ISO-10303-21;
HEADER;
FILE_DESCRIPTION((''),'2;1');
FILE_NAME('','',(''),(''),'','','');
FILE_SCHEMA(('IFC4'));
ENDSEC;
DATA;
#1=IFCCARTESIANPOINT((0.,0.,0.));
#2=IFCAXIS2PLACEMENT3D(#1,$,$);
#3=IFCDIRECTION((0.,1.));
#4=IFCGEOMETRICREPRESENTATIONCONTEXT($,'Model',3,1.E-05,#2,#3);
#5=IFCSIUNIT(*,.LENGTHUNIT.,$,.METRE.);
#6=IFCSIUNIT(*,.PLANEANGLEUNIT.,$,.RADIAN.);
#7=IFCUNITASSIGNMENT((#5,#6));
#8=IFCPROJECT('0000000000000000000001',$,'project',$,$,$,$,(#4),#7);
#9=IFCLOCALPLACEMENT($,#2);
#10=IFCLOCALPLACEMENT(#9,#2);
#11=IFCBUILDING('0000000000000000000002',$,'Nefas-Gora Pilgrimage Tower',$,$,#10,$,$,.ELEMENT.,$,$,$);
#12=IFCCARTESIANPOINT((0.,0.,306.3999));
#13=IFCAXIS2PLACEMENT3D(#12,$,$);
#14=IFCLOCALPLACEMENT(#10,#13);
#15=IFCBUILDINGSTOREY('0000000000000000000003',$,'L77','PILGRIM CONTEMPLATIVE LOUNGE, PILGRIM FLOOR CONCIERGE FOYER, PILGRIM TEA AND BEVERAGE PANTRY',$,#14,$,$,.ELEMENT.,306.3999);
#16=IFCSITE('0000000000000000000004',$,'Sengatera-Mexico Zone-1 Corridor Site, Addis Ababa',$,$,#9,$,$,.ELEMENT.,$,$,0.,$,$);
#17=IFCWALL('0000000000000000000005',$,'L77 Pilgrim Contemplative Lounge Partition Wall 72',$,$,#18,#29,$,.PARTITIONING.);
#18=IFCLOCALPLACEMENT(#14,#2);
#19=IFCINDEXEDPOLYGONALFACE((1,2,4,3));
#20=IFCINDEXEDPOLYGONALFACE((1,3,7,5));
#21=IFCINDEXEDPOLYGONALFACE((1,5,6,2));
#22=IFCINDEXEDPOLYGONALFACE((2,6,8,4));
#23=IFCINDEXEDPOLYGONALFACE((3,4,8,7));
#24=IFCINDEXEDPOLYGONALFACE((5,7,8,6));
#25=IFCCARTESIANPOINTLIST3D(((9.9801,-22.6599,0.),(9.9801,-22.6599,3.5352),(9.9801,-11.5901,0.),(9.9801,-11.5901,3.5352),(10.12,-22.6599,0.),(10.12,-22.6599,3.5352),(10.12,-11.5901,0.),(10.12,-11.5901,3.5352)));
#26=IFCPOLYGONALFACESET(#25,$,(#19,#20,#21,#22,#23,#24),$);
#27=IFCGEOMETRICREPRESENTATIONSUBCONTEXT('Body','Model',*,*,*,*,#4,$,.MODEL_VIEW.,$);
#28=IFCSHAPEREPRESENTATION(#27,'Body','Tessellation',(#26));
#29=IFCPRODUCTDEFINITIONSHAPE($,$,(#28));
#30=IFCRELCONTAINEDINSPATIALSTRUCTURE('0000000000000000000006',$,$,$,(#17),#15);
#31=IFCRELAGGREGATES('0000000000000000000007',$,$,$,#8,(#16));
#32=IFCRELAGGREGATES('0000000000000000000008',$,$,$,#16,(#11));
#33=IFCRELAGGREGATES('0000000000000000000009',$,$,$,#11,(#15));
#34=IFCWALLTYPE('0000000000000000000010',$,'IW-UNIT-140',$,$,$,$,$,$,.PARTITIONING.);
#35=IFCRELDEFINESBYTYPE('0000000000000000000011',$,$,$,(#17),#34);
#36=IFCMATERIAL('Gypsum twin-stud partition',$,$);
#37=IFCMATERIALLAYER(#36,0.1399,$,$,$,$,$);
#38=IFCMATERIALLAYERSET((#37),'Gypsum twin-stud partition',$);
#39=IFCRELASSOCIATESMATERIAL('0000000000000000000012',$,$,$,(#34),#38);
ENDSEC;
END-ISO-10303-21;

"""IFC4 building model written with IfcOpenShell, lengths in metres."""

from ifc_helpers import new_model, si_unit, direction, frame, frame_2d, origin, place, context, subcontext, project, spatial, rectangle, extrude, source, transform, mapped, material, layer, layer_set, type_object, element, save


model = new_model("IFC4")

# Units and contexts
model_context = context("Model", 3, precision=1e-05, world=origin(), true_north=direction((0.0, 1.0)))
body_context = subcontext(model_context, "Body", "Model", "MODEL_VIEW")
ifc_project = project(units=[si_unit("LENGTHUNIT", "METRE"), si_unit("PLANEANGLEUNIT", "RADIAN")], contexts=[model_context])

# Site, building, storey
site_placement = place(None, origin())
site = spatial("IfcSite", under=ifc_project, at=site_placement, Name="Sengatera-Mexico Zone-1 Corridor Site, Addis Ababa", CompositionType="ELEMENT", RefElevation=0.0)
building_placement = place(site_placement, origin())
building = spatial("IfcBuilding", under=site, at=building_placement, Name="Nefas-Gora Pilgrimage Tower", CompositionType="ELEMENT")
storey_placement = place(building_placement, frame((0.0, 0.0, 306.3999)))
storey = spatial("IfcBuildingStorey", under=building, at=storey_placement, Name="L77", Description="PILGRIM CONTEMPLATIVE LOUNGE, PILGRIM FLOOR CONCIERGE FOYER, PILGRIM TEA AND BEVERAGE PANTRY", CompositionType="ELEMENT", Elevation=306.3999)

# Shared definitions
ifc_material_1 = material(Name="Gypsum twin-stud partition")
ifc_layer_1 = layer(ifc_material_1, 0.1399)
ifc_layer_set_1 = layer_set([ifc_layer_1], Name="Gypsum twin-stud partition")
wall_type_1 = type_object("IfcWallType", Name="IW-UNIT-140", PredefinedType="PARTITIONING", material=ifc_layer_set_1)

# Wall
shared_shape_1 = source(origin(), body_context, "Body", "SweptSolid", [
    extrude(rectangle(XDim=11.0698, YDim=0.1399, at=frame_2d((5.5349, 0.0))), origin(), (0.0, 0.0, 1.0), 3.5352),
])
wall_1_placement = place(storey_placement, frame((10.05, -22.6599, 0.0), z_axis=(0.0, 0.0, 1.0), x_axis=(0.0, 1.0, 0.0)))
element("IfcWall", 1, at=wall_1_placement, inside=storey, type_object=wall_type_1, Name="L77 Pilgrim Contemplative Lounge Partition Wall 72", PredefinedType="PARTITIONING", context=body_context, shape_type="MappedRepresentation", body=[
    mapped(shared_shape_1, transform((0.0, 0.0, 0.0), x_axis=(1.0, 0.0, 0.0), y_axis=(0.0, 1.0, 0.0), z_axis=(0.0, 0.0, 1.0), scale=1.0)),
])

save(model, "model.ifc")
